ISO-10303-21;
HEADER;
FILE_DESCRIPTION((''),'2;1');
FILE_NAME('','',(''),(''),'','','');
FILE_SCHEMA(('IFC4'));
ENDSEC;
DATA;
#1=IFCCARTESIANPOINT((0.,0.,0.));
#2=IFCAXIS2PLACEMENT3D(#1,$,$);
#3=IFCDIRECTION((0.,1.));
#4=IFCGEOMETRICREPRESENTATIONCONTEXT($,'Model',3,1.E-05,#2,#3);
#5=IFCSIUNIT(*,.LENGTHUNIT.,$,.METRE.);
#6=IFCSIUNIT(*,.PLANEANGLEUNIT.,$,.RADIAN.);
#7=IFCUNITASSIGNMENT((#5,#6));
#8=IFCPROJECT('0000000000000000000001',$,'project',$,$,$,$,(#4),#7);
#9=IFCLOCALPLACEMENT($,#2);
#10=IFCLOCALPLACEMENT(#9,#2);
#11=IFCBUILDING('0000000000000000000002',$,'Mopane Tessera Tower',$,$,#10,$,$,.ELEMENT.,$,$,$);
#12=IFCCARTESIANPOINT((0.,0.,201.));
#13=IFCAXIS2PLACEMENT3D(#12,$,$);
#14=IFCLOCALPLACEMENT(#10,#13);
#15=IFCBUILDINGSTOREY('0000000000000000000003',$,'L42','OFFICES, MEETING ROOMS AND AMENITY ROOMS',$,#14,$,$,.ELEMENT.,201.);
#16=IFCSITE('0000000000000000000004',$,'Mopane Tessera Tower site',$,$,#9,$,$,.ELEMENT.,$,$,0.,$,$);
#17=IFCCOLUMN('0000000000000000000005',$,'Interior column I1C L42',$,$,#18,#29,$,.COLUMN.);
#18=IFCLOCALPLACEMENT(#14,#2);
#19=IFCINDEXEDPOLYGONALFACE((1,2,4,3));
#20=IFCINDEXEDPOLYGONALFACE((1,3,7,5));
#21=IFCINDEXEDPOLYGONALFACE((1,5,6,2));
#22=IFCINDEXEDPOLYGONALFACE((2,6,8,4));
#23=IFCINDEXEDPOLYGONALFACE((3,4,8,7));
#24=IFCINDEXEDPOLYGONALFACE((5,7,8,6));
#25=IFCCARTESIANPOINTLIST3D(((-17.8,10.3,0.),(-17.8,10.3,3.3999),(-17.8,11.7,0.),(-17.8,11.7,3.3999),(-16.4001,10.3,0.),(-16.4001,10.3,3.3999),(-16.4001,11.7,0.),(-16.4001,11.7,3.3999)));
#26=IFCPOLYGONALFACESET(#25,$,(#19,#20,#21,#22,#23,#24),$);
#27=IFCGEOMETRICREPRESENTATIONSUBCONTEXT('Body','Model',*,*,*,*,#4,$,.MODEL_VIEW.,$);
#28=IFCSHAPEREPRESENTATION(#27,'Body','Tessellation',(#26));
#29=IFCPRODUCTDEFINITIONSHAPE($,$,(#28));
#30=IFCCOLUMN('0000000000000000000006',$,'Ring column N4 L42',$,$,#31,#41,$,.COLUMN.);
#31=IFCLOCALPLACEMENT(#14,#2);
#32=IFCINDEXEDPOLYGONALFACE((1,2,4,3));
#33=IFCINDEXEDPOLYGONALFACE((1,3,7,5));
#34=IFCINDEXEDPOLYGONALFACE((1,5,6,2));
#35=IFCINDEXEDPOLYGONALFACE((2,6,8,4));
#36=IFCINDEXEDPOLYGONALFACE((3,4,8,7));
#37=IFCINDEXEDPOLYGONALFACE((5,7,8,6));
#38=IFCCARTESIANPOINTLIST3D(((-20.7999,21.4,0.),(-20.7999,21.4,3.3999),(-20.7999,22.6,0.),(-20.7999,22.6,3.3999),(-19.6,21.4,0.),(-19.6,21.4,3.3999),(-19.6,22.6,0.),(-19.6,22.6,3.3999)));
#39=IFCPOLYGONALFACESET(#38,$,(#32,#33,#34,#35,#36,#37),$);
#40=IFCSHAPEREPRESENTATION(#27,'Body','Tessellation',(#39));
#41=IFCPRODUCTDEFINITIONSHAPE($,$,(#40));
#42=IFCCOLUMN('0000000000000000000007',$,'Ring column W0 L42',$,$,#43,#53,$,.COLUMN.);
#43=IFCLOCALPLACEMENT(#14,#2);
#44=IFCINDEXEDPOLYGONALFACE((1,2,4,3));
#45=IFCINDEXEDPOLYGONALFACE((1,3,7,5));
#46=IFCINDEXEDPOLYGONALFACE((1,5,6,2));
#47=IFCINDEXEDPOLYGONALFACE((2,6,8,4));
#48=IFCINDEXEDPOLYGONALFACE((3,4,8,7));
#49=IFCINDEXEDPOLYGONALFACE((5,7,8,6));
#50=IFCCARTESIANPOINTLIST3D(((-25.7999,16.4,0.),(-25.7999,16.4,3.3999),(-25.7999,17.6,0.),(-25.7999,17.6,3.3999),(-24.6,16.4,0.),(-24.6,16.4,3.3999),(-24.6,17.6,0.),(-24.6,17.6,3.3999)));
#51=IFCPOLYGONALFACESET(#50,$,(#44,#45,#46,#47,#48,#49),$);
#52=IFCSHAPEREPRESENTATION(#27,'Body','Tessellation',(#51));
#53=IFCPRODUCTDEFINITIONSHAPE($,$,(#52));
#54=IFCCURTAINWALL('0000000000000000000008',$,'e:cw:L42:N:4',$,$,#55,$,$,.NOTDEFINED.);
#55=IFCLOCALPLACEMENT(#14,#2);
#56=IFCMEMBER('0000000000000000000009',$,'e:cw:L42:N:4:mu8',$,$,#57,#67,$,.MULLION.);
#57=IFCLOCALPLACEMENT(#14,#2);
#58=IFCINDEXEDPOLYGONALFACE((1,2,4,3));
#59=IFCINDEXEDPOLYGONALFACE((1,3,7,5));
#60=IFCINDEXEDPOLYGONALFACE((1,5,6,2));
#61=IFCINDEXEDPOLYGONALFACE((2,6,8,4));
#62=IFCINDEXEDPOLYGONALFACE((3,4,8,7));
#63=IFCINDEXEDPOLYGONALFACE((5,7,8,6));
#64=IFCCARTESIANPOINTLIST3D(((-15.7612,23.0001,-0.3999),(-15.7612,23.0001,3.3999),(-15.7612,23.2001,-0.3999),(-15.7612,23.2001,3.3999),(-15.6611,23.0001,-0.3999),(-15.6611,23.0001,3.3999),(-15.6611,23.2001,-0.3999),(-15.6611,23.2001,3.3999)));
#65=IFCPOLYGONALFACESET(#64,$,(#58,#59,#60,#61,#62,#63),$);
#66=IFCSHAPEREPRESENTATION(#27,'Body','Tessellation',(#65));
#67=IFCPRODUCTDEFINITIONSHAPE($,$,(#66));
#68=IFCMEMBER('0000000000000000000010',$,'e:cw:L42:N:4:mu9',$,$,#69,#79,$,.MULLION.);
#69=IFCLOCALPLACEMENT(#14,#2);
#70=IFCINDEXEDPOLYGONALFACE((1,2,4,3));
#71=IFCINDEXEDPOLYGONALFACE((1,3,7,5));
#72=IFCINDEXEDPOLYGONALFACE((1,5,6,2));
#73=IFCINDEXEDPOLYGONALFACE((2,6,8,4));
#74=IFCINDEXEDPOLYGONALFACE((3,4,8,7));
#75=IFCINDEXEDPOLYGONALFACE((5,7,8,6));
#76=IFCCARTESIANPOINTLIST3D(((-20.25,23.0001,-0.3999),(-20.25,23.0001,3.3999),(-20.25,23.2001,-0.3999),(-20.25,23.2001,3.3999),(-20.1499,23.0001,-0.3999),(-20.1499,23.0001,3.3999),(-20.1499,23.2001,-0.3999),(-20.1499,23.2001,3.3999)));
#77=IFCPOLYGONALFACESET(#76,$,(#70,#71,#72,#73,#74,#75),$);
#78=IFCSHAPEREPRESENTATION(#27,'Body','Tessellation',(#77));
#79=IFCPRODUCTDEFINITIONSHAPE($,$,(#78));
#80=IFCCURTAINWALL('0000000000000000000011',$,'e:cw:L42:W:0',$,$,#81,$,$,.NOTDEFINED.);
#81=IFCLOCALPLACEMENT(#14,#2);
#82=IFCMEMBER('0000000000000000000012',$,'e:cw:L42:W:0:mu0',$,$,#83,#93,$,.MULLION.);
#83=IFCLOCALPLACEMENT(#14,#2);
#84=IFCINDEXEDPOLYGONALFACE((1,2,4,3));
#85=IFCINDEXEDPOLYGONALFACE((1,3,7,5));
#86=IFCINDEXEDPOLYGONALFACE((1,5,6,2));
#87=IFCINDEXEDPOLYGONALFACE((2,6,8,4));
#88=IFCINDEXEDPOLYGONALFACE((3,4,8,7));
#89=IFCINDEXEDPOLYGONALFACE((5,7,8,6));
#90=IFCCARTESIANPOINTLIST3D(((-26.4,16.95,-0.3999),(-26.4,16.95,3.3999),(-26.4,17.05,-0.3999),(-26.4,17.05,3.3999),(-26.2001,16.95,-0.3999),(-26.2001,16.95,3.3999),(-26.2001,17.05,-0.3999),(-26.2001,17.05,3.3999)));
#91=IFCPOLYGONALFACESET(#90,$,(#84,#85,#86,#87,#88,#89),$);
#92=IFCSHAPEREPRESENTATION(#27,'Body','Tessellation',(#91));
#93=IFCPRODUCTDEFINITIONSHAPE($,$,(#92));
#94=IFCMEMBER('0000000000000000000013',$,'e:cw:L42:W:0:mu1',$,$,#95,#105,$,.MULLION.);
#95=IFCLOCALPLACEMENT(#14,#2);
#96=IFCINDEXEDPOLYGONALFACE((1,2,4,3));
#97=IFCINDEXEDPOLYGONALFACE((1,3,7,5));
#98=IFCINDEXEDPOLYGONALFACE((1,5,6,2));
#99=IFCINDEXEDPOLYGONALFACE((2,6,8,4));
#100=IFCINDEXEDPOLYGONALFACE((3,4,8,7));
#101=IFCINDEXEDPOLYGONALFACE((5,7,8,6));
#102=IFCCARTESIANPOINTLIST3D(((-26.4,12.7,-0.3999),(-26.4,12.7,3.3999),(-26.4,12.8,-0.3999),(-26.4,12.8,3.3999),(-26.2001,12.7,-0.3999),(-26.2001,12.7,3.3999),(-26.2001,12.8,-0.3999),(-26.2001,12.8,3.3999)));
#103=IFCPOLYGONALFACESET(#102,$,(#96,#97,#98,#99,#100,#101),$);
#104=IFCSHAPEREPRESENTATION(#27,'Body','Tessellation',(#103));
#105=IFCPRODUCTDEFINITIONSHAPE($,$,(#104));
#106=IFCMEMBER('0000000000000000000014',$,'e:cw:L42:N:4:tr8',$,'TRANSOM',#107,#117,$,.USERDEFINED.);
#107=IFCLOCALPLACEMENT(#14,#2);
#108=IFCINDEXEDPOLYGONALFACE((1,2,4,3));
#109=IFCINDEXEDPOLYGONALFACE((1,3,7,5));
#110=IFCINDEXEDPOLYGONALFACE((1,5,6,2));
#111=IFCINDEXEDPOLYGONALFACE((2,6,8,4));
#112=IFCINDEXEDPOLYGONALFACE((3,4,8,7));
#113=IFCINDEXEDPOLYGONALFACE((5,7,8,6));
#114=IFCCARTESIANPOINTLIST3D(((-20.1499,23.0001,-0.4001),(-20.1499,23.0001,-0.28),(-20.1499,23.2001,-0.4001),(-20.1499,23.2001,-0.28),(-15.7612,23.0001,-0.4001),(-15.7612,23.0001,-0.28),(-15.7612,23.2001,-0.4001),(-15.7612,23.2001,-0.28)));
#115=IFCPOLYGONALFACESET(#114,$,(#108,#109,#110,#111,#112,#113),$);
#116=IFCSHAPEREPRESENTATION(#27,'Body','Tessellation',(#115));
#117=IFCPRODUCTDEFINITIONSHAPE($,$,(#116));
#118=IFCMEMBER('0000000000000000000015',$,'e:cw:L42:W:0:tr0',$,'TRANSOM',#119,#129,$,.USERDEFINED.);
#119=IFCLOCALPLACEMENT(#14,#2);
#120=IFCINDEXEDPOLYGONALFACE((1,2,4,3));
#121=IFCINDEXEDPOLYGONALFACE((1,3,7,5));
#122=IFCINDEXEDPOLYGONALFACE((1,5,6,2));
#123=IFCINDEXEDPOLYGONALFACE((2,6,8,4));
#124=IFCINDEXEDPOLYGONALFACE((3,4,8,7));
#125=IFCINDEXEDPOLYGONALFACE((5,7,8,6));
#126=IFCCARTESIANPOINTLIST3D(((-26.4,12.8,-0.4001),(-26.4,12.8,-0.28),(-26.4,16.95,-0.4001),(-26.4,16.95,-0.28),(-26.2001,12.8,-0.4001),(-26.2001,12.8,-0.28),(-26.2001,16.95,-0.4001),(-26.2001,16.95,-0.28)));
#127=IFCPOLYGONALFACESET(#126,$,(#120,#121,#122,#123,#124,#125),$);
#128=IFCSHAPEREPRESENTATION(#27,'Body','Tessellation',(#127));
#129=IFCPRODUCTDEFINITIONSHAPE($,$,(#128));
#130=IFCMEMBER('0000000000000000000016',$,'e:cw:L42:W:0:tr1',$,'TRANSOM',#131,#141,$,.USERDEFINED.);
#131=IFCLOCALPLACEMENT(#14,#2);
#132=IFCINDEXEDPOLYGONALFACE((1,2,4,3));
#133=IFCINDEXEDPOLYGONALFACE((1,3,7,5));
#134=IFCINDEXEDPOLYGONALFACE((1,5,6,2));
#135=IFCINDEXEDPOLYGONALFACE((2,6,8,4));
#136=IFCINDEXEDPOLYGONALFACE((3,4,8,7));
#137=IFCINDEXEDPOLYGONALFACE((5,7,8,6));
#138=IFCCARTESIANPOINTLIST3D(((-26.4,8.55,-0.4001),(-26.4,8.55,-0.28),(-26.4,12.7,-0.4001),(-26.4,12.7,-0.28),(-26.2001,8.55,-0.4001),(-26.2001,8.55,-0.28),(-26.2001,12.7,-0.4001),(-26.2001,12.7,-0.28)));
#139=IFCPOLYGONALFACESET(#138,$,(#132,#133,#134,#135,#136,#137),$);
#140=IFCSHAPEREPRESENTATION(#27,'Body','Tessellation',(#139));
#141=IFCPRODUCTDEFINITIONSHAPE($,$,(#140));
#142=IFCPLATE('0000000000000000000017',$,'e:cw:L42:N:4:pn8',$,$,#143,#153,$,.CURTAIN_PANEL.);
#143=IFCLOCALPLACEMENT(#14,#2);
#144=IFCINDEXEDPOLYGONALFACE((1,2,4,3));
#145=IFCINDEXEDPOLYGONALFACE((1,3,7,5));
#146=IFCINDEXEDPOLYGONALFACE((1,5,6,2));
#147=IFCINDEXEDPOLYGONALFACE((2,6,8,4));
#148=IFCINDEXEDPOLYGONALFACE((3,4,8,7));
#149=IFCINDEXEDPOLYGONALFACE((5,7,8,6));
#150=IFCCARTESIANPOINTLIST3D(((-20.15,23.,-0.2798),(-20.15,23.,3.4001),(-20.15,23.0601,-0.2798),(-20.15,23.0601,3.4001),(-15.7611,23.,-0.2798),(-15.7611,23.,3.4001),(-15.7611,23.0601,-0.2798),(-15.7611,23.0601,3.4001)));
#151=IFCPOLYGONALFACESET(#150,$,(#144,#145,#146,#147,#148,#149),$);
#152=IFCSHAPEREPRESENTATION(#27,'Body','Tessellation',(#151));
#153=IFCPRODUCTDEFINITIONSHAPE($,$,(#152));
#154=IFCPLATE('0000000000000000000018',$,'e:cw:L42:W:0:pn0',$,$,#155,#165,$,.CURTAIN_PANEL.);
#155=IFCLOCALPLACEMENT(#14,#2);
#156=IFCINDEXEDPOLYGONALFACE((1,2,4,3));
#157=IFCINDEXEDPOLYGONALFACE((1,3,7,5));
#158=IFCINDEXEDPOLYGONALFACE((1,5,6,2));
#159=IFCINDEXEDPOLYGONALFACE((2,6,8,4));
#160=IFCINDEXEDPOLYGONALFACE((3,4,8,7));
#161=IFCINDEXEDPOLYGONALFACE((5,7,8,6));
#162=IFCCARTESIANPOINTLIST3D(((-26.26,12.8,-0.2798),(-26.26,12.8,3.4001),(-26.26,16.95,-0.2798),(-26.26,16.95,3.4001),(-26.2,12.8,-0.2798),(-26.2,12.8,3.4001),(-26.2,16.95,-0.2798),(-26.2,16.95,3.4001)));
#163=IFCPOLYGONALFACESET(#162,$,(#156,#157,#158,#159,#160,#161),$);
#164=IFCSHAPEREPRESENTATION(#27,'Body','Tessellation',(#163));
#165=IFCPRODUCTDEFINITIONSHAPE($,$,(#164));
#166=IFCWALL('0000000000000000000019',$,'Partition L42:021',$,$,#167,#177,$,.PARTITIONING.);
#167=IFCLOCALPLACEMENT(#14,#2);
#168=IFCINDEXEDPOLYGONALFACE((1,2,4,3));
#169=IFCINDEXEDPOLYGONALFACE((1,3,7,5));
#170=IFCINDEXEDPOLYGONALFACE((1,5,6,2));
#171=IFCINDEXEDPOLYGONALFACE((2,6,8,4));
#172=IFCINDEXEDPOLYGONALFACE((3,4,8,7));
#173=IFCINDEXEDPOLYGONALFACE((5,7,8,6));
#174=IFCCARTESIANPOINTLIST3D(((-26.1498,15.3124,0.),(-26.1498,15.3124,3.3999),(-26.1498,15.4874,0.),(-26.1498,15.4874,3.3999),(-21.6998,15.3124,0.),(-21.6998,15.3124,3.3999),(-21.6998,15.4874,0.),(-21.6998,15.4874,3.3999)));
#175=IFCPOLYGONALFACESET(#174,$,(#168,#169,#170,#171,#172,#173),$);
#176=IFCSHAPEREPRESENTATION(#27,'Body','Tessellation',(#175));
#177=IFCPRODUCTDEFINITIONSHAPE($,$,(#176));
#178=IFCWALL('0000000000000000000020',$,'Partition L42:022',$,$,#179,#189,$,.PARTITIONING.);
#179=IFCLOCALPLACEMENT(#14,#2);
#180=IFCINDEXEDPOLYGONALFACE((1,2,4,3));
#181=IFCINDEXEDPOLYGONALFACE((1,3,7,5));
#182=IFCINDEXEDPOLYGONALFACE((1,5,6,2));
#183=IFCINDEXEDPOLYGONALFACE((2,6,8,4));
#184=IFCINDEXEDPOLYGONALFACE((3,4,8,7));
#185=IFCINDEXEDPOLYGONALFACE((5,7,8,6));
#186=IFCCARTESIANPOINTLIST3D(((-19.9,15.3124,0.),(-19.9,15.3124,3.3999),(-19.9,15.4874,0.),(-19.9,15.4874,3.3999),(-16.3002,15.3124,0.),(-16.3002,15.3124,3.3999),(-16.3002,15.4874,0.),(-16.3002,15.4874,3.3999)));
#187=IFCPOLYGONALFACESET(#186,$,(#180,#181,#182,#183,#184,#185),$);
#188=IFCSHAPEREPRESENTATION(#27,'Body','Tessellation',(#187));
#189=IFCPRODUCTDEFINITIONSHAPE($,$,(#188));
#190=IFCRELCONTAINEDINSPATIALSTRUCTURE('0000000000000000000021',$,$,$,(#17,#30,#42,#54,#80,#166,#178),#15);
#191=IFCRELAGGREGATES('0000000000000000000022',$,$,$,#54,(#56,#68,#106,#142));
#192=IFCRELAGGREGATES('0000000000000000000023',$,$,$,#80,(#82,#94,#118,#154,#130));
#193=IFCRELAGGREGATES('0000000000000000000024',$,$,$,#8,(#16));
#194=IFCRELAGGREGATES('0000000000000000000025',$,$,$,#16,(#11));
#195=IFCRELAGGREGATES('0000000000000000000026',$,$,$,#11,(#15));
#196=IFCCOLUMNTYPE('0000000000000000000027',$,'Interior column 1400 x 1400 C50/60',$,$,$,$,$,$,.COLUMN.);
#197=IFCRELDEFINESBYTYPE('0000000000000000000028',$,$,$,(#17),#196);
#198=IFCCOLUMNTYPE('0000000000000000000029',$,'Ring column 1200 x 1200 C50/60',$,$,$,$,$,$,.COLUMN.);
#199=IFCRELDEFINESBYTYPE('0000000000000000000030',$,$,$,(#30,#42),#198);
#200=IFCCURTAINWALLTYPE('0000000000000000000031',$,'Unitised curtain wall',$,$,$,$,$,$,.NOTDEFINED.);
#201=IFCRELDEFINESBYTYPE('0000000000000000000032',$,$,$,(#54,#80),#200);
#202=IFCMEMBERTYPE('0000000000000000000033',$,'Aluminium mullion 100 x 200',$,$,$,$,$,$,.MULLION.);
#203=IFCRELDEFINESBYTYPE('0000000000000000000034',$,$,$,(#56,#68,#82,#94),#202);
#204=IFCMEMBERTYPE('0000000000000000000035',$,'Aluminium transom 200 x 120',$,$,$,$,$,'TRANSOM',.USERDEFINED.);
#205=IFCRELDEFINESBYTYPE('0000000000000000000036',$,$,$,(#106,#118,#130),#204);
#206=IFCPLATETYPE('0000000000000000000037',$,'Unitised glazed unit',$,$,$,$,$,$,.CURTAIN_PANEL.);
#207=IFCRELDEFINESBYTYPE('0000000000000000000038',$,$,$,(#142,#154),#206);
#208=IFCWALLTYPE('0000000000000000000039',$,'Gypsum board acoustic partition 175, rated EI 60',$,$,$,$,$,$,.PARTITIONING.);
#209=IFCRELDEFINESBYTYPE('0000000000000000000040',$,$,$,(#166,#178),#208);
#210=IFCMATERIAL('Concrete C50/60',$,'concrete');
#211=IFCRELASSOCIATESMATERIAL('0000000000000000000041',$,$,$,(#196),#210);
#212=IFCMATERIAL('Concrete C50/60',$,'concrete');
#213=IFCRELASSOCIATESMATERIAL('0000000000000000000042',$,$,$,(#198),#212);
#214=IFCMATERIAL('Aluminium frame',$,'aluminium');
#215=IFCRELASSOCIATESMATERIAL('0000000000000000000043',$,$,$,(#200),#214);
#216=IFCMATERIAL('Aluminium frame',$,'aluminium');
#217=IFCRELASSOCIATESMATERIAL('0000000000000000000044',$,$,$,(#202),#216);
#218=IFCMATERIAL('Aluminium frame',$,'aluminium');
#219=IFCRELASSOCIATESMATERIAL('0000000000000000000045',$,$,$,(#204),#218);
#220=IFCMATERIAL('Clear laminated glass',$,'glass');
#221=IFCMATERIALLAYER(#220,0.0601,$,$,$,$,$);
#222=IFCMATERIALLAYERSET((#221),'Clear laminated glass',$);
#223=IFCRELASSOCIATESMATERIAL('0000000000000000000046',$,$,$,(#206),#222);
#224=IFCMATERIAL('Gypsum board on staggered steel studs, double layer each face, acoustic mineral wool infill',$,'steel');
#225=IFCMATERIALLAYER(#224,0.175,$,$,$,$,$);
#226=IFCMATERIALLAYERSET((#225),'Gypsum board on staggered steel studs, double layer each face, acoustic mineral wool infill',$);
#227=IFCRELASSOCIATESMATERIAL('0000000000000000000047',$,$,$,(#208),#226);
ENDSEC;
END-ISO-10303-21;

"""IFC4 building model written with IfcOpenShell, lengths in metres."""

from ifc_helpers import new_model, si_unit, direction, frame, frame_2d, origin, origin_2d, place, context, subcontext, project, spatial, rectangle, extrude, material, layer, layer_set, material_profile, profile_set, type_object, element, aggregate, save


model = new_model("IFC4")

# Units and contexts
model_context = context("Model", 3, precision=1e-05, world=origin(), true_north=direction((0.0, 1.0)))
body_context = subcontext(model_context, "Body", "Model", "MODEL_VIEW")
ifc_project = project(units=[si_unit("LENGTHUNIT", "METRE"), si_unit("PLANEANGLEUNIT", "RADIAN")], contexts=[model_context])

# Site, building, storey
site_placement = place(None, origin())
site = spatial("IfcSite", under=ifc_project, at=site_placement, Name="Mopane Tessera Tower site", CompositionType="ELEMENT", RefElevation=0.0)
building_placement = place(site_placement, origin())
building = spatial("IfcBuilding", under=site, at=building_placement, Name="Mopane Tessera Tower", CompositionType="ELEMENT")
storey_placement = place(building_placement, frame((0.0, 0.0, 201.0)))
storey = spatial("IfcBuildingStorey", under=building, at=storey_placement, Name="L42", Description="OFFICES, MEETING ROOMS AND AMENITY ROOMS", CompositionType="ELEMENT", Elevation=201.0)

# Columns
ifc_material_1 = material(Name="Concrete C50/60", Category="concrete")
ifc_material_profile_1 = material_profile(ifc_material_1, rectangle(XDim=1.3999, YDim=1.3999, at=origin_2d()))
ifc_profile_set_1 = profile_set([ifc_material_profile_1], Name="Concrete C50/60")
column_type_1 = type_object("IfcColumnType", Name="Interior column 1400 x 1400 C50/60", PredefinedType="COLUMN", material=ifc_profile_set_1)
column_placement = place(storey_placement, frame((-17.1001, 11.0, 0.0), z_axis=(0.0, 0.0, 1.0), x_axis=(1.0, 0.0, 0.0)))
element("IfcColumn", 1, at=column_placement, inside=storey, type_object=column_type_1, Name="Interior column I1C L42", PredefinedType="COLUMN", context=body_context, shape_type="SweptSolid", body=[
    extrude(rectangle(XDim=1.3999, YDim=1.3999, at=origin_2d()), origin(), (0.0, 0.0, 1.0), 3.3999),
])
ifc_material_2 = material(Name="Concrete C50/60", Category="concrete")
ifc_material_profile_2 = material_profile(ifc_material_2, rectangle(XDim=1.2, YDim=1.2, at=origin_2d()))
ifc_profile_set_2 = profile_set([ifc_material_profile_2], Name="Concrete C50/60")
column_type_2 = type_object("IfcColumnType", Name="Ring column 1200 x 1200 C50/60", PredefinedType="COLUMN", material=ifc_profile_set_2)
for number, where, z_axis, x_axis, name in (
    (2, (-20.2, 22.0, 0.0), (0.0, 0.0, 1.0), (1.0, 0.0, 0.0), "Ring column N4 L42"),
    (3, (-25.2, 17.0, 0.0), (0.0, 0.0, 1.0), (1.0, 0.0, 0.0), "Ring column W0 L42"),
):
    element("IfcColumn", number, at=place(storey_placement, frame(where, z_axis=z_axis, x_axis=x_axis)), inside=storey, type_object=column_type_2, Name=name, PredefinedType="COLUMN", context=body_context, shape_type="SweptSolid", body=[
        extrude(rectangle(XDim=1.2, YDim=1.2, at=origin_2d()), origin(), (0.0, 0.0, 1.0), 3.3999),
    ])

# Curtain walls, members
ifc_material_3 = material(Name="Aluminium frame", Category="aluminium")
curtain_wall_type = type_object("IfcCurtainWallType", Name="Unitised curtain wall", PredefinedType="NOTDEFINED", material=ifc_material_3)
curtain_wall_1_placement = place(storey_placement, origin())
curtain_wall_1 = element("IfcCurtainWall", 4, at=curtain_wall_1_placement, inside=storey, type_object=curtain_wall_type, Name="e:cw:L42:N:4", PredefinedType="NOTDEFINED")
ifc_material_4 = material(Name="Aluminium frame", Category="aluminium")
ifc_material_profile_3 = material_profile(ifc_material_4, rectangle(XDim=0.1001, YDim=0.2, at=origin_2d()))
ifc_profile_set_3 = profile_set([ifc_material_profile_3], Name="Aluminium frame")
member_type_1 = type_object("IfcMemberType", Name="Aluminium mullion 100 x 200", PredefinedType="MULLION", material=ifc_profile_set_3)
member_1_placement = place(storey_placement, frame((-15.7112, 23.1001, -0.3999), z_axis=(0.0, 0.0, 1.0), x_axis=(-1.0, 0.0, 0.0)))
member_1 = element("IfcMember", 5, at=member_1_placement, type_object=member_type_1, Name="e:cw:L42:N:4:mu8", PredefinedType="MULLION", context=body_context, shape_type="SweptSolid", body=[
    extrude(rectangle(XDim=0.1001, YDim=0.2, at=origin_2d()), origin(), (0.0, 0.0, 1.0), 3.7998),
])
member_2_placement = place(storey_placement, frame((-20.2, 23.1001, -0.3999), z_axis=(0.0, 0.0, 1.0), x_axis=(-1.0, 0.0, 0.0)))
member_2 = element("IfcMember", 6, at=member_2_placement, type_object=member_type_1, Name="e:cw:L42:N:4:mu9", PredefinedType="MULLION", context=body_context, shape_type="SweptSolid", body=[
    extrude(rectangle(XDim=0.1001, YDim=0.2, at=origin_2d()), origin(), (0.0, 0.0, 1.0), 3.7998),
])
curtain_wall_2_placement = place(storey_placement, origin())
curtain_wall_2 = element("IfcCurtainWall", 7, at=curtain_wall_2_placement, inside=storey, type_object=curtain_wall_type, Name="e:cw:L42:W:0", PredefinedType="NOTDEFINED")
member_3_placement = place(storey_placement, frame((-26.3, 17.0, -0.3999), z_axis=(0.0, 0.0, 1.0), x_axis=(0.0, -1.0, 0.0)))
member_3 = element("IfcMember", 8, at=member_3_placement, type_object=member_type_1, Name="e:cw:L42:W:0:mu0", PredefinedType="MULLION", context=body_context, shape_type="SweptSolid", body=[
    extrude(rectangle(XDim=0.1001, YDim=0.2, at=origin_2d()), origin(), (0.0, 0.0, 1.0), 3.7998),
])
member_4_placement = place(storey_placement, frame((-26.3, 12.75, -0.3999), z_axis=(0.0, 0.0, 1.0), x_axis=(0.0, -1.0, 0.0)))
member_4 = element("IfcMember", 9, at=member_4_placement, type_object=member_type_1, Name="e:cw:L42:W:0:mu1", PredefinedType="MULLION", context=body_context, shape_type="SweptSolid", body=[
    extrude(rectangle(XDim=0.1001, YDim=0.2, at=origin_2d()), origin(), (0.0, 0.0, 1.0), 3.7998),
])

# Members
ifc_material_5 = material(Name="Aluminium frame", Category="aluminium")
ifc_material_profile_4 = material_profile(ifc_material_5, rectangle(XDim=0.2, YDim=0.1201, at=origin_2d()))
ifc_profile_set_4 = profile_set([ifc_material_profile_4], Name="Aluminium frame")
member_type_2 = type_object("IfcMemberType", Name="Aluminium transom 200 x 120", ElementType="TRANSOM", PredefinedType="USERDEFINED", material=ifc_profile_set_4)
member_5_placement = place(storey_placement, frame((-15.7612, 23.1001, -0.3401), z_axis=(-1.0, 0.0, 0.0), x_axis=(0.0, -1.0, 0.0)))
member_5 = element("IfcMember", 10, at=member_5_placement, type_object=member_type_2, Name="e:cw:L42:N:4:tr8", ObjectType="TRANSOM", PredefinedType="USERDEFINED", context=body_context, shape_type="SweptSolid", body=[
    extrude(rectangle(XDim=0.2, YDim=0.1201, at=origin_2d()), origin(), (0.0, 0.0, 1.0), 4.3887),
])
member_6_placement = place(storey_placement, frame((-26.3, 16.95, -0.3401), z_axis=(0.0, -1.0, 0.0), x_axis=(1.0, 0.0, 0.0)))
member_6 = element("IfcMember", 11, at=member_6_placement, type_object=member_type_2, Name="e:cw:L42:W:0:tr0", ObjectType="TRANSOM", PredefinedType="USERDEFINED", context=body_context, shape_type="SweptSolid", body=[
    extrude(rectangle(XDim=0.2, YDim=0.1201, at=origin_2d()), origin(), (0.0, 0.0, 1.0), 4.1499),
])
member_7_placement = place(storey_placement, frame((-26.3, 12.7, -0.3401), z_axis=(0.0, -1.0, 0.0), x_axis=(1.0, 0.0, 0.0)))
member_7 = element("IfcMember", 12, at=member_7_placement, type_object=member_type_2, Name="e:cw:L42:W:0:tr1", ObjectType="TRANSOM", PredefinedType="USERDEFINED", context=body_context, shape_type="SweptSolid", body=[
    extrude(rectangle(XDim=0.2, YDim=0.1201, at=origin_2d()), origin(), (0.0, 0.0, 1.0), 4.1499),
])

# Plates
ifc_material_6 = material(Name="Clear laminated glass", Category="glass")
ifc_layer_1 = layer(ifc_material_6, 0.0601)
ifc_layer_set_1 = layer_set([ifc_layer_1], Name="Clear laminated glass")
plate_type = type_object("IfcPlateType", Name="Unitised glazed unit", PredefinedType="CURTAIN_PANEL", material=ifc_layer_set_1)
plate_1_placement = place(storey_placement, frame((-17.9556, 23.03, -0.2798), z_axis=(0.0, 0.0, 1.0), x_axis=(-1.0, 0.0, 0.0)))
plate_1 = element("IfcPlate", 13, at=plate_1_placement, type_object=plate_type, Name="e:cw:L42:N:4:pn8", PredefinedType="CURTAIN_PANEL", context=body_context, shape_type="SweptSolid", body=[
    extrude(rectangle(XDim=4.3889, YDim=0.0601, at=origin_2d()), origin(), (0.0, 0.0, 1.0), 3.6799),
])
aggregate(curtain_wall_1, [member_1, member_2, member_5, plate_1])
plate_2_placement = place(storey_placement, frame((-26.23, 14.875, -0.2798), z_axis=(0.0, 0.0, 1.0), x_axis=(0.0, -1.0, 0.0)))
plate_2 = element("IfcPlate", 14, at=plate_2_placement, type_object=plate_type, Name="e:cw:L42:W:0:pn0", PredefinedType="CURTAIN_PANEL", context=body_context, shape_type="SweptSolid", body=[
    extrude(rectangle(XDim=4.1499, YDim=0.0601, at=origin_2d()), origin(), (0.0, 0.0, 1.0), 3.6799),
])
aggregate(curtain_wall_2, [member_3, member_4, member_6, plate_2, member_7])

# Walls
ifc_material_7 = material(Name="Gypsum board on staggered steel studs, double layer each face, acoustic mineral wool infill", Category="steel")
ifc_layer_2 = layer(ifc_material_7, 0.175)
ifc_layer_set_2 = layer_set([ifc_layer_2], Name="Gypsum board on staggered steel studs, double layer each face, acoustic mineral wool infill")
wall_type_1 = type_object("IfcWallType", Name="Gypsum board acoustic partition 175, rated EI 60", PredefinedType="PARTITIONING", material=ifc_layer_set_2)
wall_1_placement = place(storey_placement, frame((-26.1499, 15.3999, 0.0), z_axis=(0.0, 0.0, 1.0), x_axis=(1.0, 0.0, 0.0)))
element("IfcWall", 15, at=wall_1_placement, inside=storey, type_object=wall_type_1, Name="Partition L42:021", PredefinedType="PARTITIONING", context=body_context, shape_type="SweptSolid", body=[
    extrude(rectangle(XDim=4.45, YDim=0.175, at=frame_2d((2.2251, 0.0))), origin(), (0.0, 0.0, 1.0), 3.3999),
])
wall_2_placement = place(storey_placement, frame((-19.8999, 15.3999, 0.0), z_axis=(0.0, 0.0, 1.0), x_axis=(1.0, 0.0, 0.0)))
element("IfcWall", 16, at=wall_2_placement, inside=storey, type_object=wall_type_1, Name="Partition L42:022", PredefinedType="PARTITIONING", context=body_context, shape_type="SweptSolid", body=[
    extrude(rectangle(XDim=3.5999, YDim=0.175, at=frame_2d((1.7998, 0.0))), origin(), (0.0, 0.0, 1.0), 3.3999),
])

save(model, "model.ifc")
